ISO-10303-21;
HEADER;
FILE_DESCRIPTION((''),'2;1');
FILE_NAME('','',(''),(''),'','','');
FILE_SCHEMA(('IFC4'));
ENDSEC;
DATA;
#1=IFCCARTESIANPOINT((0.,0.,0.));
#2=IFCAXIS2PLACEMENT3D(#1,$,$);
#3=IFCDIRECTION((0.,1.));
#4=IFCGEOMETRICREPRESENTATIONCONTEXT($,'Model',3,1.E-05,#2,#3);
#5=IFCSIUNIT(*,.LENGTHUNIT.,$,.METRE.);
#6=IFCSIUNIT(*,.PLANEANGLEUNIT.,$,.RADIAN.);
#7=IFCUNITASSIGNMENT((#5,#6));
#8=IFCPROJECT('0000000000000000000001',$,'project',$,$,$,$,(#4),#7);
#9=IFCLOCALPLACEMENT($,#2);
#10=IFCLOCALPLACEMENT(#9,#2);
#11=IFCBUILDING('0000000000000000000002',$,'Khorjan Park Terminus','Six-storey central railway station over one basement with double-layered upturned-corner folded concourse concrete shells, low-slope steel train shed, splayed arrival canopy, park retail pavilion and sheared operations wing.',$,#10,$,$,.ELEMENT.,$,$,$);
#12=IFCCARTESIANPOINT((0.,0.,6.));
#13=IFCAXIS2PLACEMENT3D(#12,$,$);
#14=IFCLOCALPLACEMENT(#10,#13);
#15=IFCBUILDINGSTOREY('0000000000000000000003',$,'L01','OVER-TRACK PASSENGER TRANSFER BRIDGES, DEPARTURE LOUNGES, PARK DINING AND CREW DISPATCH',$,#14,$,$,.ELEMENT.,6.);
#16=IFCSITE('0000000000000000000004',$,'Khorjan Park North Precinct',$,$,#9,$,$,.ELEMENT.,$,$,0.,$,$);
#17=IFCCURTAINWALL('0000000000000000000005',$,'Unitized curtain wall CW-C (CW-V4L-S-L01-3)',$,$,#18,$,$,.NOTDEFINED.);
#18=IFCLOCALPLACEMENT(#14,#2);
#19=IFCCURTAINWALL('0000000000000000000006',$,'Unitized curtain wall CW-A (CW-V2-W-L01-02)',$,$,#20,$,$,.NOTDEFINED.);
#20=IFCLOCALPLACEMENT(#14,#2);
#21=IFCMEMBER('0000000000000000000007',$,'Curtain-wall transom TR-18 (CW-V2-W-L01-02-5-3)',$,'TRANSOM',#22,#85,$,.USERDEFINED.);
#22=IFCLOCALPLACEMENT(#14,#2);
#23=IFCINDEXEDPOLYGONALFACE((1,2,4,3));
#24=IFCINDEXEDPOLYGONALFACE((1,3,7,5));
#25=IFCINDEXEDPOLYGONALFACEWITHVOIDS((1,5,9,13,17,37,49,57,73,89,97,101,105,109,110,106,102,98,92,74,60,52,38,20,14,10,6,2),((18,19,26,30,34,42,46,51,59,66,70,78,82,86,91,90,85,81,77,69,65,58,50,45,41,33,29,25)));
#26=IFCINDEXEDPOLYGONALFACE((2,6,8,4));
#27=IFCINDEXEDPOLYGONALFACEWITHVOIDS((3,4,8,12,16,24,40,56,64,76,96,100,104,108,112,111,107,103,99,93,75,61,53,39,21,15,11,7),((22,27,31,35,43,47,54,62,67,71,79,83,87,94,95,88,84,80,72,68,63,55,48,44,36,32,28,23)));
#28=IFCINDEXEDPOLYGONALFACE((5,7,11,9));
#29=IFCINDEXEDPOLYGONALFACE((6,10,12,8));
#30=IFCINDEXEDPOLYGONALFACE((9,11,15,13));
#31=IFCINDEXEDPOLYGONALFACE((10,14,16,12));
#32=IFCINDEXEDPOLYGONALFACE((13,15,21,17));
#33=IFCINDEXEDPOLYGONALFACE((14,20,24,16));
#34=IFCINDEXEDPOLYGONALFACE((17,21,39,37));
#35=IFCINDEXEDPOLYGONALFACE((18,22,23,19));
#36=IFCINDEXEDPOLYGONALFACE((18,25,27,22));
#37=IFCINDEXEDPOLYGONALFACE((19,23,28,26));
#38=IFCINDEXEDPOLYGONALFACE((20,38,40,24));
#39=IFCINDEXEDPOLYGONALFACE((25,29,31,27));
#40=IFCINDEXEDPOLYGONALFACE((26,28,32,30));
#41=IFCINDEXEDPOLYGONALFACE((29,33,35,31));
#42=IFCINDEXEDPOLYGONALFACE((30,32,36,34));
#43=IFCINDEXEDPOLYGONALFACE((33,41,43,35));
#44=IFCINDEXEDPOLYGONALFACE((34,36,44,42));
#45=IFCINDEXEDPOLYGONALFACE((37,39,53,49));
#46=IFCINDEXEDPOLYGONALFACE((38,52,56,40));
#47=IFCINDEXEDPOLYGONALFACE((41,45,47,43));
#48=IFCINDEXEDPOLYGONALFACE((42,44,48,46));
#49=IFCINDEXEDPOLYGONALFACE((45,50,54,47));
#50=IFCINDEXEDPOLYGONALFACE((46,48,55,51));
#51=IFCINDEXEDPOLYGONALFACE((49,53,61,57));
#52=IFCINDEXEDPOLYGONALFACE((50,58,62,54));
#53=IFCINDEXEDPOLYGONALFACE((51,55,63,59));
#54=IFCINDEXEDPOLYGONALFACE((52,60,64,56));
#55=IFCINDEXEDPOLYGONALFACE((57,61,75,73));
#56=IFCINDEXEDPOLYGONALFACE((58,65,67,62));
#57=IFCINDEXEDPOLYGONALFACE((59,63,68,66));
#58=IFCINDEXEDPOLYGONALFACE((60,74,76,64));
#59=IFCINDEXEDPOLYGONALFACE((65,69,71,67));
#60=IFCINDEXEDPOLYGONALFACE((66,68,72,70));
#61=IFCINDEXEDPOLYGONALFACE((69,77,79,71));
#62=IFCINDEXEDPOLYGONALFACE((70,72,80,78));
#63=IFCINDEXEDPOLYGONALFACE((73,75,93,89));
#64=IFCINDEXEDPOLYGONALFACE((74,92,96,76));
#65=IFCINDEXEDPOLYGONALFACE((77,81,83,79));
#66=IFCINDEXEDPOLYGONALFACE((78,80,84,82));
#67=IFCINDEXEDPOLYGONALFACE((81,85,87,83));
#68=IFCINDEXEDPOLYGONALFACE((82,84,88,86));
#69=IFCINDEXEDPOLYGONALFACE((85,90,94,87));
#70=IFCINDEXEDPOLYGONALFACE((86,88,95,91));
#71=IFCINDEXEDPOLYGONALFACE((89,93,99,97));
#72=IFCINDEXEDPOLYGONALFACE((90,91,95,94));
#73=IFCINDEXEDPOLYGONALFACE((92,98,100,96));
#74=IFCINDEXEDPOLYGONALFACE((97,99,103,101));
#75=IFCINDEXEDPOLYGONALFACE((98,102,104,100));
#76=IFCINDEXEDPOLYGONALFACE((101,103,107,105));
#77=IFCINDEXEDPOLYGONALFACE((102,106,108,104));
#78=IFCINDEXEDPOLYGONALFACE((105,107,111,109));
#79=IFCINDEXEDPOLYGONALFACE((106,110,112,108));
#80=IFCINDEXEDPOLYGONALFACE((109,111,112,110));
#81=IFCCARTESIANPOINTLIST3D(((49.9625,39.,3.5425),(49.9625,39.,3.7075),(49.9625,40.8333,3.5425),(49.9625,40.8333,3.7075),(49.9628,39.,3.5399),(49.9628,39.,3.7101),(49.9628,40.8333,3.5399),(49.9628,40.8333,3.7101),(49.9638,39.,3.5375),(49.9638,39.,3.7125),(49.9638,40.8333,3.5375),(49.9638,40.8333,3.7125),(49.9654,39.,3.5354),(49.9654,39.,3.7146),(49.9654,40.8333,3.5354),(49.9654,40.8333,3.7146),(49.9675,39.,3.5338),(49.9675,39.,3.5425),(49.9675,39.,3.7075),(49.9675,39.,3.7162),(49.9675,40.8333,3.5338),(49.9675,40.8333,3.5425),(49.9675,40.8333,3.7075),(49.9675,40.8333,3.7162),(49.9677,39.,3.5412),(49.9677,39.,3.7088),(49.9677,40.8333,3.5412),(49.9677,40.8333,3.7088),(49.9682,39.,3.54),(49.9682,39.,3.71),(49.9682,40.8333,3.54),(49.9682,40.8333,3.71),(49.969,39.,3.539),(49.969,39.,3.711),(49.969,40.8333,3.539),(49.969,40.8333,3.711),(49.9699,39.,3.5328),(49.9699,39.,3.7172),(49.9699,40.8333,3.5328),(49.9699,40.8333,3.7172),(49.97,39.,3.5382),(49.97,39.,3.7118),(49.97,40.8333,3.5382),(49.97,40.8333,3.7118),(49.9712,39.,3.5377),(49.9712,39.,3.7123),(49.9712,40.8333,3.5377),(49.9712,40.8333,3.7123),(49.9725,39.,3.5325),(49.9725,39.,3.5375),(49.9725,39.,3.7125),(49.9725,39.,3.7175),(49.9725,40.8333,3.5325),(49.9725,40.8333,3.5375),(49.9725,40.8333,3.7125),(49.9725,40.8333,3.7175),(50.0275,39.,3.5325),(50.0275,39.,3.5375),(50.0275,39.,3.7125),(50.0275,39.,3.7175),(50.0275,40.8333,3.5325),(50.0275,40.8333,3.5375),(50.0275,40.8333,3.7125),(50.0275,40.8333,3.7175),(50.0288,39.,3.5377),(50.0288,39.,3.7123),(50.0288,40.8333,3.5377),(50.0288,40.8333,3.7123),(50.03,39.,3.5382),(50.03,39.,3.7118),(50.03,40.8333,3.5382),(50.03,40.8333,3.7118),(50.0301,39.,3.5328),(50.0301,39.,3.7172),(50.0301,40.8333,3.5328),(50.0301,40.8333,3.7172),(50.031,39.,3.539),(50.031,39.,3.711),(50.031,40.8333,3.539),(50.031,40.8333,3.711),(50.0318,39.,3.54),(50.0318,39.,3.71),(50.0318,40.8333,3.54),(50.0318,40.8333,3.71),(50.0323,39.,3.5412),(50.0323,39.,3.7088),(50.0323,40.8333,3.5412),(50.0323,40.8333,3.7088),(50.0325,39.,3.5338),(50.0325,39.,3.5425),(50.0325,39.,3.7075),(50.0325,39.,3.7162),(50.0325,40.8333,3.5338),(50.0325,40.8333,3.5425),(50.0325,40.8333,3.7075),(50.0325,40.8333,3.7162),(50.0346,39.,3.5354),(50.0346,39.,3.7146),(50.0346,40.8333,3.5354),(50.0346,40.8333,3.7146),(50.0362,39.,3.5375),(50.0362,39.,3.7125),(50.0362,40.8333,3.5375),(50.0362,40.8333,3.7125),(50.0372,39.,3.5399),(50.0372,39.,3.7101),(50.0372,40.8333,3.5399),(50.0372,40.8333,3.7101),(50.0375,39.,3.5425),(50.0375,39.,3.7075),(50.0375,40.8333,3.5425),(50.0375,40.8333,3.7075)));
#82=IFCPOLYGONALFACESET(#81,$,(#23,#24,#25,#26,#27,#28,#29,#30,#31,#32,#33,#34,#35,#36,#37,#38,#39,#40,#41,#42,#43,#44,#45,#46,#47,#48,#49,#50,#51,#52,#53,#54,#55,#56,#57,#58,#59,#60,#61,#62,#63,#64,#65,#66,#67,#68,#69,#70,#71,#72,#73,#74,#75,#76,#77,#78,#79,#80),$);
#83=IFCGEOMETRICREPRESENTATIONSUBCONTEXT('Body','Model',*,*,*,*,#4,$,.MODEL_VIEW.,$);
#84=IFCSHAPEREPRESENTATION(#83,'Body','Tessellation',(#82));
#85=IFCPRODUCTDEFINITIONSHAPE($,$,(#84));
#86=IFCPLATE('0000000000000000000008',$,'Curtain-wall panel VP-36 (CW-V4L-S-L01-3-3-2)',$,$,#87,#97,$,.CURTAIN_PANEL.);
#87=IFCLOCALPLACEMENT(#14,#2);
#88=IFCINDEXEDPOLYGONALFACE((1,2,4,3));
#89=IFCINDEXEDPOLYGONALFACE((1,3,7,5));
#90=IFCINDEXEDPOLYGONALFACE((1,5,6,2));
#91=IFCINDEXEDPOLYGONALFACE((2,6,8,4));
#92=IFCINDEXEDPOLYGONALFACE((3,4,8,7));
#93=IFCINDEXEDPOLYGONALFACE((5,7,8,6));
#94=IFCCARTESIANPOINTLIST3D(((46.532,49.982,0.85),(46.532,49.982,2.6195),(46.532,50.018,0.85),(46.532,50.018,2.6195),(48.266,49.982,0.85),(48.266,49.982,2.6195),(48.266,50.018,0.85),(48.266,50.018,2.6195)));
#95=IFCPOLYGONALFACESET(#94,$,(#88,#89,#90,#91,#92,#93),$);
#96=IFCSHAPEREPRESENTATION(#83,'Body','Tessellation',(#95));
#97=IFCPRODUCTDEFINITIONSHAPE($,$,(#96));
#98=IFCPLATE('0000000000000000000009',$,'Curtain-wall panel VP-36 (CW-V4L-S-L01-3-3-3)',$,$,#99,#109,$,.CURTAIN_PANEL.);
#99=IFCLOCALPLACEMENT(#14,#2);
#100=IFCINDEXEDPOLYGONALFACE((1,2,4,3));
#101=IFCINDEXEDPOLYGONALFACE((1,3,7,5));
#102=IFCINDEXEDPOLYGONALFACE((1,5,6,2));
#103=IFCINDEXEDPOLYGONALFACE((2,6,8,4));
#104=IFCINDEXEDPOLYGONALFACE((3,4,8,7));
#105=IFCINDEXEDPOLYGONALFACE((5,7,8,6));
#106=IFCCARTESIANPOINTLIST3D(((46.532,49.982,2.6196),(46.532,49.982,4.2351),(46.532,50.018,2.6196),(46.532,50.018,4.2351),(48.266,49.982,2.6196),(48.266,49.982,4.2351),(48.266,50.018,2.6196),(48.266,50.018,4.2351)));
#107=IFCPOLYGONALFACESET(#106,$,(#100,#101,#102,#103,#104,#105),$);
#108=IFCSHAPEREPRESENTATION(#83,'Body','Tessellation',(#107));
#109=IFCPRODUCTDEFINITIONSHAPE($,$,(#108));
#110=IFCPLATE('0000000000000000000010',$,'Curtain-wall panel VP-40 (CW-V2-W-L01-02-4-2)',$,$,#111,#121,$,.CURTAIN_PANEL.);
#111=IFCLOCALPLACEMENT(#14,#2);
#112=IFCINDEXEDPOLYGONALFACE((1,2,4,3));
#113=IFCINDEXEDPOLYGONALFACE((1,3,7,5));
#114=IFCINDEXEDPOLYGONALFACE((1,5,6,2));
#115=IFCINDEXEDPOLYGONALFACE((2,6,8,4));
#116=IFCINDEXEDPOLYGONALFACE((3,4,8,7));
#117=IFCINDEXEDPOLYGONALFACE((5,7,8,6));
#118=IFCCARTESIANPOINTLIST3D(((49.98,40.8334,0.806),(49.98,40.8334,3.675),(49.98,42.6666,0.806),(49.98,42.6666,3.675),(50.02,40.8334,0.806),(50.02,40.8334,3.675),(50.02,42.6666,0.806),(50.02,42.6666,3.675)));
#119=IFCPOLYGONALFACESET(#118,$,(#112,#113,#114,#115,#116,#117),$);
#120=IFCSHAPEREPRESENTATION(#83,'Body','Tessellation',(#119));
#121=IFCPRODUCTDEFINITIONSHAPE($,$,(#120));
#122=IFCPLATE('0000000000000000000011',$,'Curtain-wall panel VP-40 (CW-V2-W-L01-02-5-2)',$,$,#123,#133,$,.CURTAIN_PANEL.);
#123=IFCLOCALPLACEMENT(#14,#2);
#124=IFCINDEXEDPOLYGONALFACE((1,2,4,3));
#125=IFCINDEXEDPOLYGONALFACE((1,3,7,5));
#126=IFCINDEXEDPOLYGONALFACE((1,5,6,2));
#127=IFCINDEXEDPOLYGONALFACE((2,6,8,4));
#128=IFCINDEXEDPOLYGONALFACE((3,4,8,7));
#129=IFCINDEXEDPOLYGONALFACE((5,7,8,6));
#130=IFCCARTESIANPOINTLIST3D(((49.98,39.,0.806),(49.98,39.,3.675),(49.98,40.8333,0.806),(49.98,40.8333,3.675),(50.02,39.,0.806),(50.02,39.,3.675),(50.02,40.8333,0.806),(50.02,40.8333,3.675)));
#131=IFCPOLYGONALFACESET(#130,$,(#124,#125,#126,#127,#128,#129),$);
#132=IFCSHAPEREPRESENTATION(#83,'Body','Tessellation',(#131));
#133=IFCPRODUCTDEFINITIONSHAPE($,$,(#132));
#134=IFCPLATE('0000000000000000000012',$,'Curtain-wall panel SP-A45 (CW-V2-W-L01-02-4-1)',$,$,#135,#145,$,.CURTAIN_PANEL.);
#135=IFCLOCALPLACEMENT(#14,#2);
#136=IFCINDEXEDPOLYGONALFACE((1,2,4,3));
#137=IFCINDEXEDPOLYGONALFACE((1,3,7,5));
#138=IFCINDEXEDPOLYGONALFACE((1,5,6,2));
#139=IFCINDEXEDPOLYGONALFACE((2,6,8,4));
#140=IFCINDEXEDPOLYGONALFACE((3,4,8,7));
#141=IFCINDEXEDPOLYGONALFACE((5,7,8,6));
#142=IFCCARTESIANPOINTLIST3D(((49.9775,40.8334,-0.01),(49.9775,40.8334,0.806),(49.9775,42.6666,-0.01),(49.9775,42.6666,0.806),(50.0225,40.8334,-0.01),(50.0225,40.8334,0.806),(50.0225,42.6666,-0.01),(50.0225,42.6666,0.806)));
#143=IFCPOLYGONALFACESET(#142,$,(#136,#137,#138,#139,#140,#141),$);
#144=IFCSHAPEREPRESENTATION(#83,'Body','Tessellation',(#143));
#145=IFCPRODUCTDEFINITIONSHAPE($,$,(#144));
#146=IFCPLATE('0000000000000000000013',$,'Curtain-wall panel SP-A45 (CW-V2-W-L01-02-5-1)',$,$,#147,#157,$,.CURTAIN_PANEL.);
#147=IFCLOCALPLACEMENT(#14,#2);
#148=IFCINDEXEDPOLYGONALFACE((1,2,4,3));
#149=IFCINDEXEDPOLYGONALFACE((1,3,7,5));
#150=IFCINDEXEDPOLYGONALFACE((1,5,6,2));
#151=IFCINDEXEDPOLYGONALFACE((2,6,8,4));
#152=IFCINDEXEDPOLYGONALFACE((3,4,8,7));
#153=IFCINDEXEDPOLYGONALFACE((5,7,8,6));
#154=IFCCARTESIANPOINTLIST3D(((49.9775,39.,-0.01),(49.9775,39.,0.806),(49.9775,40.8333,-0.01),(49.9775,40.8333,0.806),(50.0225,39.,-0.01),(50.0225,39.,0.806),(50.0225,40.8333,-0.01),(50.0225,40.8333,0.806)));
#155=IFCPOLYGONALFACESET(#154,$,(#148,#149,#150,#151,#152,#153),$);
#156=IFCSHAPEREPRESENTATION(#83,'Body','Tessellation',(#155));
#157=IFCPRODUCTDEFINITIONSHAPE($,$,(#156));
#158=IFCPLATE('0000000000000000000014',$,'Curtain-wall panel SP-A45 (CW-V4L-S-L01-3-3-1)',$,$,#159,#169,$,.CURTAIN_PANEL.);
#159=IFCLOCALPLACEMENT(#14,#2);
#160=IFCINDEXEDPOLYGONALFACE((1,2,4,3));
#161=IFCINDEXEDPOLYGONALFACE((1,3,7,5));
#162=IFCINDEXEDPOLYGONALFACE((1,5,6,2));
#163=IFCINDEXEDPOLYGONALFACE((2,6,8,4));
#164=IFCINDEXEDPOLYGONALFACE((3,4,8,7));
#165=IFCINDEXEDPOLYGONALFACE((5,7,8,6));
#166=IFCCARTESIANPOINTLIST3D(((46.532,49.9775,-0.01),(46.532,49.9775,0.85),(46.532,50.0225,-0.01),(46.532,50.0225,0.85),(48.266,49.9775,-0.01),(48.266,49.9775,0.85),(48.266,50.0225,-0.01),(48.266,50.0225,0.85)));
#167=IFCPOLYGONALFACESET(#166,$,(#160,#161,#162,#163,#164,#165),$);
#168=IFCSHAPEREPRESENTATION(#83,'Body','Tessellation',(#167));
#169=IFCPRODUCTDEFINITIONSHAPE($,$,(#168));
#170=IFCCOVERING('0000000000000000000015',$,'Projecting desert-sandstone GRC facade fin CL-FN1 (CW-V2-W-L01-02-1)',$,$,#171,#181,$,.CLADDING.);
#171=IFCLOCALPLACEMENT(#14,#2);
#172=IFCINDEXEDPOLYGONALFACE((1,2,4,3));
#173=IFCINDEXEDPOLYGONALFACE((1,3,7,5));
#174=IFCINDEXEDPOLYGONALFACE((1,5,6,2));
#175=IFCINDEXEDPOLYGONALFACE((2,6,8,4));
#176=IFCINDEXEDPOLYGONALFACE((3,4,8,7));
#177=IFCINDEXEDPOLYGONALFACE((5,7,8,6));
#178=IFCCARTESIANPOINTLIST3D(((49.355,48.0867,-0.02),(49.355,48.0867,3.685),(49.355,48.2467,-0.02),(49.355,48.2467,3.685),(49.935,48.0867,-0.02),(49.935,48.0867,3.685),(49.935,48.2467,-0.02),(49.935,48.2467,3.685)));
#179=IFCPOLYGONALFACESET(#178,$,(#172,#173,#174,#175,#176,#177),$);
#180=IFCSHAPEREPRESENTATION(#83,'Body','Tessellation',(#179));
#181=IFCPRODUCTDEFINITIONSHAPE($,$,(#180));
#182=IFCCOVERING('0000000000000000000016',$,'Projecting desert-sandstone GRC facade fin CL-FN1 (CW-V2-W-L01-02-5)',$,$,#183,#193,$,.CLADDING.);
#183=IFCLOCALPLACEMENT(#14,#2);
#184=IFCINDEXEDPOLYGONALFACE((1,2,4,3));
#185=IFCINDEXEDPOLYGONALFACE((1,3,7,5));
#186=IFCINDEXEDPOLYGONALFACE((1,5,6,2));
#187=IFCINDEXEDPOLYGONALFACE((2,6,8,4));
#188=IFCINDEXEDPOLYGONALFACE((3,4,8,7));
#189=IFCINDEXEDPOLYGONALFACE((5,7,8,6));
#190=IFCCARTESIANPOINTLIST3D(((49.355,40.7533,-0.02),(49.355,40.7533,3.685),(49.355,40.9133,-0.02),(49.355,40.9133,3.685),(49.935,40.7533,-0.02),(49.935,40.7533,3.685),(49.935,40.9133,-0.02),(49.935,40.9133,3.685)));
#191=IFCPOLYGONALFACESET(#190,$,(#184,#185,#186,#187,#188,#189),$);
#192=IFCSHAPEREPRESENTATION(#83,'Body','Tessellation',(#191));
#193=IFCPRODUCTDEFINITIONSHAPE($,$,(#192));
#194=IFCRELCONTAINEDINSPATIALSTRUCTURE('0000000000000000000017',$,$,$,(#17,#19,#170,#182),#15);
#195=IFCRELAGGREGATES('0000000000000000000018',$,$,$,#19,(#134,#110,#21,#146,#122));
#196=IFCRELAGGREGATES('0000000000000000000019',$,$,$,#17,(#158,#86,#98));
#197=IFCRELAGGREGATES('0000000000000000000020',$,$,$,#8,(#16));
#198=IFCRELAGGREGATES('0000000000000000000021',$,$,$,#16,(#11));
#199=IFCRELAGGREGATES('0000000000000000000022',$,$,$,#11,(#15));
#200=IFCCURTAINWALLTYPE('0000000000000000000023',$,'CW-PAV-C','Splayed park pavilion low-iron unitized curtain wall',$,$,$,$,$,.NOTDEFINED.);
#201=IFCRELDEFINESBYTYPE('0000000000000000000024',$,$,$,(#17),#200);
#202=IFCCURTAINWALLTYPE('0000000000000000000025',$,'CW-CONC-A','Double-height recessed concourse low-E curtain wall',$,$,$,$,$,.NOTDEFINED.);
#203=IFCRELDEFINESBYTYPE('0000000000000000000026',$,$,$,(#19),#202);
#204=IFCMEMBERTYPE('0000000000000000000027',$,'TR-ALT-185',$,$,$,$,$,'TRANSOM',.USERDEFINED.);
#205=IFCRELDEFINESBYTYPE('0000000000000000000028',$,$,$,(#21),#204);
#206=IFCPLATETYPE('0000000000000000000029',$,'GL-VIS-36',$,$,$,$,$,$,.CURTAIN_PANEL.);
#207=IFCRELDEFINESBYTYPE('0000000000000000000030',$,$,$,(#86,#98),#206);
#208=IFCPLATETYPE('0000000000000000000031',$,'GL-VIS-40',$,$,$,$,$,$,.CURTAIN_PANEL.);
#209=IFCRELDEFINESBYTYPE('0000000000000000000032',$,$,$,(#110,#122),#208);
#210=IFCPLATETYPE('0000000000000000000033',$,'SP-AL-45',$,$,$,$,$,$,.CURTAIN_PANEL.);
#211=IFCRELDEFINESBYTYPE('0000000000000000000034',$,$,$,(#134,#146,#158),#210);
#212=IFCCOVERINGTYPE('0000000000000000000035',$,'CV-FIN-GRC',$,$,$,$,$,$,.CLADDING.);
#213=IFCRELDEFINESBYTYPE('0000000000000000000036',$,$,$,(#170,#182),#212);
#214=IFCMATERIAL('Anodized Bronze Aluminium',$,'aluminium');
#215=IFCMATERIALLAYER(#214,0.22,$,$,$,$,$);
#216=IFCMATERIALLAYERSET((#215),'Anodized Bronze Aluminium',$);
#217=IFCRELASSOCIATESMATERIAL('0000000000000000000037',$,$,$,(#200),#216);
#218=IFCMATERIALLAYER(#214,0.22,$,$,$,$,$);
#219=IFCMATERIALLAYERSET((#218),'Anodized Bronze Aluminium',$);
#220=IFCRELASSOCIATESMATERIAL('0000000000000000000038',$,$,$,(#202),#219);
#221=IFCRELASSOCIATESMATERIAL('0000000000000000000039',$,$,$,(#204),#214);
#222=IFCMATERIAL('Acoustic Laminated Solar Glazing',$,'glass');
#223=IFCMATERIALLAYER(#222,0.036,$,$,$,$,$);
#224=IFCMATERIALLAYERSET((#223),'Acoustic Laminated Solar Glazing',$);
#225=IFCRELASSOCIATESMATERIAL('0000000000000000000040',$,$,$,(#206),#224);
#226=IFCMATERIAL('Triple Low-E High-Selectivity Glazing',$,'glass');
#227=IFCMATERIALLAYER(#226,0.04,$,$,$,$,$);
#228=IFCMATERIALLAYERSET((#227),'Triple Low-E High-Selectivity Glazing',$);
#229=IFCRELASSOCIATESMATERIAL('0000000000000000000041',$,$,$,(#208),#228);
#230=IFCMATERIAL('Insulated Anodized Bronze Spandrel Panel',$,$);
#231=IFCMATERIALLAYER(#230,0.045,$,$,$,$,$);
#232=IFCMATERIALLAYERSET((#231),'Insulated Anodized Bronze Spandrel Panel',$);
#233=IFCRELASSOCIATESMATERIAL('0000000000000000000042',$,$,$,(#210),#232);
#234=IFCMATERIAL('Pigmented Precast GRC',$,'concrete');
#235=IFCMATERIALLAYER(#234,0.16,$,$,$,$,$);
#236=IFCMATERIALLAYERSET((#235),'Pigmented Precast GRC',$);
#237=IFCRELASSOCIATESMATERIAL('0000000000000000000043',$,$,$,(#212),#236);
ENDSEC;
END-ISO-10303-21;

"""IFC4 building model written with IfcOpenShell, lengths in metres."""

from ifc_helpers import new_model, si_unit, direction, frame, origin, origin_2d, place, context, subcontext, project, spatial, rectangle, hollow_rectangle, extrude, material, layer, layer_set, material_profile, profile_set, type_object, element, aggregate, save


model = new_model("IFC4")

# Units and contexts
model_context = context("Model", 3, precision=1e-05, world=origin(), true_north=direction((0.0, 1.0)))
body_context = subcontext(model_context, "Body", "Model", "MODEL_VIEW")
ifc_project = project(units=[si_unit("LENGTHUNIT", "METRE"), si_unit("PLANEANGLEUNIT", "RADIAN")], contexts=[model_context])

# Site, building, storey
site_placement = place(None, origin())
site = spatial("IfcSite", under=ifc_project, at=site_placement, Name="Khorjan Park North Precinct", CompositionType="ELEMENT", RefElevation=0.0)
building_placement = place(site_placement, origin())
building = spatial("IfcBuilding", under=site, at=building_placement, Name="Khorjan Park Terminus", Description="Six-storey central railway station over one basement with double-layered upturned-corner folded concourse concrete shells, low-slope steel train shed, splayed arrival canopy, park retail pavilion and sheared operations wing.", CompositionType="ELEMENT")
storey_placement = place(building_placement, frame((0.0, 0.0, 6.0)))
storey = spatial("IfcBuildingStorey", under=building, at=storey_placement, Name="L01", Description="OVER-TRACK PASSENGER TRANSFER BRIDGES, DEPARTURE LOUNGES, PARK DINING AND CREW DISPATCH", CompositionType="ELEMENT", Elevation=6.0)

# Curtain wall
ifc_material_1 = material(Name="Anodized Bronze Aluminium", Category="aluminium")
ifc_layer_1 = layer(ifc_material_1, 0.22)
ifc_layer_set_1 = layer_set([ifc_layer_1], Name="Anodized Bronze Aluminium")
curtain_wall_type_1 = type_object("IfcCurtainWallType", Name="CW-PAV-C", Description="Splayed park pavilion low-iron unitized curtain wall", PredefinedType="NOTDEFINED", material=ifc_layer_set_1)
curtain_wall_1_placement = place(storey_placement, origin())
curtain_wall_1 = element("IfcCurtainWall", 1, at=curtain_wall_1_placement, inside=storey, type_object=curtain_wall_type_1, Name="Unitized curtain wall CW-C (CW-V4L-S-L01-3)", PredefinedType="NOTDEFINED")

# Curtain wall
ifc_layer_2 = layer(ifc_material_1, 0.22)
ifc_layer_set_2 = layer_set([ifc_layer_2], Name="Anodized Bronze Aluminium")
curtain_wall_type_2 = type_object("IfcCurtainWallType", Name="CW-CONC-A", Description="Double-height recessed concourse low-E curtain wall", PredefinedType="NOTDEFINED", material=ifc_layer_set_2)
curtain_wall_2_placement = place(storey_placement, origin())
curtain_wall_2 = element("IfcCurtainWall", 2, at=curtain_wall_2_placement, inside=storey, type_object=curtain_wall_type_2, Name="Unitized curtain wall CW-A (CW-V2-W-L01-02)", PredefinedType="NOTDEFINED")

# Member
ifc_material_profile_1 = material_profile(ifc_material_1, hollow_rectangle(XDim=0.075, YDim=0.185, WallThickness=0.005, InnerFilletRadius=0.005, OuterFilletRadius=0.01, at=origin_2d()), Name="ALT 75x185x5")
ifc_profile_set_1 = profile_set([ifc_material_profile_1], Name="Anodized Bronze Aluminium")
member_type_1 = type_object("IfcMemberType", Name="TR-ALT-185", ElementType="TRANSOM", PredefinedType="USERDEFINED", material=ifc_profile_set_1)
member_1_placement = place(storey_placement, frame((50.0, 40.8333, 3.625), z_axis=(0.0, -1.0, 0.0), x_axis=(1.0, 0.0, 0.0)))
member_1 = element("IfcMember", 3, at=member_1_placement, type_object=member_type_1, Name="Curtain-wall transom TR-18 (CW-V2-W-L01-02-5-3)", ObjectType="TRANSOM", PredefinedType="USERDEFINED", context=body_context, shape_type="SweptSolid", body=[
    extrude(hollow_rectangle(XDim=0.075, YDim=0.185, WallThickness=0.005, InnerFilletRadius=0.005, OuterFilletRadius=0.01, at=origin_2d()), origin(), (0.0, 0.0, 1.0), 1.8333),
])

# Plates
ifc_material_2 = material(Name="Acoustic Laminated Solar Glazing", Category="glass")
ifc_layer_3 = layer(ifc_material_2, 0.036)
ifc_layer_set_3 = layer_set([ifc_layer_3], Name="Acoustic Laminated Solar Glazing")
plate_type_1 = type_object("IfcPlateType", Name="GL-VIS-36", PredefinedType="CURTAIN_PANEL", material=ifc_layer_set_3)
plate_1_placement = place(storey_placement, frame((47.399, 50.0, 0.85), z_axis=(0.0, 0.0, 1.0), x_axis=(1.0, 0.0, 0.0)))
plate_1 = element("IfcPlate", 4, at=plate_1_placement, type_object=plate_type_1, Name="Curtain-wall panel VP-36 (CW-V4L-S-L01-3-3-2)", PredefinedType="CURTAIN_PANEL", context=body_context, shape_type="SweptSolid", body=[
    extrude(rectangle(XDim=1.734, YDim=0.036, at=origin_2d()), origin(), (0.0, 0.0, 1.0), 1.7695),
])
plate_2_placement = place(storey_placement, frame((47.399, 50.0, 2.6196), z_axis=(0.0, 0.0, 1.0), x_axis=(1.0, 0.0, 0.0)))
plate_2 = element("IfcPlate", 5, at=plate_2_placement, type_object=plate_type_1, Name="Curtain-wall panel VP-36 (CW-V4L-S-L01-3-3-3)", PredefinedType="CURTAIN_PANEL", context=body_context, shape_type="SweptSolid", body=[
    extrude(rectangle(XDim=1.734, YDim=0.036, at=origin_2d()), origin(), (0.0, 0.0, 1.0), 1.6155),
])
ifc_material_3 = material(Name="Triple Low-E High-Selectivity Glazing", Category="glass")
ifc_layer_4 = layer(ifc_material_3, 0.04)
ifc_layer_set_4 = layer_set([ifc_layer_4], Name="Triple Low-E High-Selectivity Glazing")
plate_type_2 = type_object("IfcPlateType", Name="GL-VIS-40", PredefinedType="CURTAIN_PANEL", material=ifc_layer_set_4)
plate_3_placement = place(storey_placement, frame((50.0, 41.75, 0.806), z_axis=(0.0, 0.0, 1.0), x_axis=(0.0, -1.0, 0.0)))
plate_3 = element("IfcPlate", 6, at=plate_3_placement, type_object=plate_type_2, Name="Curtain-wall panel VP-40 (CW-V2-W-L01-02-4-2)", PredefinedType="CURTAIN_PANEL", context=body_context, shape_type="SweptSolid", body=[
    extrude(rectangle(XDim=1.8333, YDim=0.04, at=origin_2d()), origin(), (0.0, 0.0, 1.0), 2.869),
])
plate_4_placement = place(storey_placement, frame((50.0, 39.9167, 0.806), z_axis=(0.0, 0.0, 1.0), x_axis=(0.0, -1.0, 0.0)))
plate_4 = element("IfcPlate", 7, at=plate_4_placement, type_object=plate_type_2, Name="Curtain-wall panel VP-40 (CW-V2-W-L01-02-5-2)", PredefinedType="CURTAIN_PANEL", context=body_context, shape_type="SweptSolid", body=[
    extrude(rectangle(XDim=1.8333, YDim=0.04, at=origin_2d()), origin(), (0.0, 0.0, 1.0), 2.869),
])
ifc_material_4 = material(Name="Insulated Anodized Bronze Spandrel Panel")
ifc_layer_5 = layer(ifc_material_4, 0.045)
ifc_layer_set_5 = layer_set([ifc_layer_5], Name="Insulated Anodized Bronze Spandrel Panel")
plate_type_3 = type_object("IfcPlateType", Name="SP-AL-45", PredefinedType="CURTAIN_PANEL", material=ifc_layer_set_5)
plate_5_placement = place(storey_placement, frame((50.0, 41.75, -0.01), z_axis=(0.0, 0.0, 1.0), x_axis=(0.0, -1.0, 0.0)))
plate_5 = element("IfcPlate", 8, at=plate_5_placement, type_object=plate_type_3, Name="Curtain-wall panel SP-A45 (CW-V2-W-L01-02-4-1)", PredefinedType="CURTAIN_PANEL", context=body_context, shape_type="SweptSolid", body=[
    extrude(rectangle(XDim=1.8333, YDim=0.045, at=origin_2d()), origin(), (0.0, 0.0, 1.0), 0.816),
])
plate_6_placement = place(storey_placement, frame((50.0, 39.9167, -0.01), z_axis=(0.0, 0.0, 1.0), x_axis=(0.0, -1.0, 0.0)))
plate_6 = element("IfcPlate", 9, at=plate_6_placement, type_object=plate_type_3, Name="Curtain-wall panel SP-A45 (CW-V2-W-L01-02-5-1)", PredefinedType="CURTAIN_PANEL", context=body_context, shape_type="SweptSolid", body=[
    extrude(rectangle(XDim=1.8333, YDim=0.045, at=origin_2d()), origin(), (0.0, 0.0, 1.0), 0.816),
])
aggregate(curtain_wall_2, [plate_5, plate_3, member_1, plate_6, plate_4])
plate_7_placement = place(storey_placement, frame((47.399, 50.0, -0.01), z_axis=(0.0, 0.0, 1.0), x_axis=(1.0, 0.0, 0.0)))
plate_7 = element("IfcPlate", 10, at=plate_7_placement, type_object=plate_type_3, Name="Curtain-wall panel SP-A45 (CW-V4L-S-L01-3-3-1)", PredefinedType="CURTAIN_PANEL", context=body_context, shape_type="SweptSolid", body=[
    extrude(rectangle(XDim=1.734, YDim=0.045, at=origin_2d()), origin(), (0.0, 0.0, 1.0), 0.86),
])
aggregate(curtain_wall_1, [plate_7, plate_1, plate_2])

# Coverings
ifc_material_5 = material(Name="Pigmented Precast GRC", Category="concrete")
ifc_layer_6 = layer(ifc_material_5, 0.16)
ifc_layer_set_6 = layer_set([ifc_layer_6], Name="Pigmented Precast GRC")
covering_type = type_object("IfcCoveringType", Name="CV-FIN-GRC", PredefinedType="CLADDING", material=ifc_layer_set_6)
for number, where, z_axis, x_axis, name in (
    (11, (49.645, 48.1667, -0.02), (0.0, 0.0, 1.0), (1.0, 0.0, 0.0), "Projecting desert-sandstone GRC facade fin CL-FN1 (CW-V2-W-L01-02-1)"),
    (12, (49.645, 40.8333, -0.02), (0.0, 0.0, 1.0), (1.0, 0.0, 0.0), "Projecting desert-sandstone GRC facade fin CL-FN1 (CW-V2-W-L01-02-5)"),
):
    element("IfcCovering", number, at=place(storey_placement, frame(where, z_axis=z_axis, x_axis=x_axis)), inside=storey, type_object=covering_type, Name=name, PredefinedType="CLADDING", context=body_context, shape_type="SweptSolid", body=[
        extrude(rectangle(XDim=0.58, YDim=0.16, at=origin_2d()), origin(), (0.0, 0.0, 1.0), 3.705),
    ])

save(model, "model.ifc")
